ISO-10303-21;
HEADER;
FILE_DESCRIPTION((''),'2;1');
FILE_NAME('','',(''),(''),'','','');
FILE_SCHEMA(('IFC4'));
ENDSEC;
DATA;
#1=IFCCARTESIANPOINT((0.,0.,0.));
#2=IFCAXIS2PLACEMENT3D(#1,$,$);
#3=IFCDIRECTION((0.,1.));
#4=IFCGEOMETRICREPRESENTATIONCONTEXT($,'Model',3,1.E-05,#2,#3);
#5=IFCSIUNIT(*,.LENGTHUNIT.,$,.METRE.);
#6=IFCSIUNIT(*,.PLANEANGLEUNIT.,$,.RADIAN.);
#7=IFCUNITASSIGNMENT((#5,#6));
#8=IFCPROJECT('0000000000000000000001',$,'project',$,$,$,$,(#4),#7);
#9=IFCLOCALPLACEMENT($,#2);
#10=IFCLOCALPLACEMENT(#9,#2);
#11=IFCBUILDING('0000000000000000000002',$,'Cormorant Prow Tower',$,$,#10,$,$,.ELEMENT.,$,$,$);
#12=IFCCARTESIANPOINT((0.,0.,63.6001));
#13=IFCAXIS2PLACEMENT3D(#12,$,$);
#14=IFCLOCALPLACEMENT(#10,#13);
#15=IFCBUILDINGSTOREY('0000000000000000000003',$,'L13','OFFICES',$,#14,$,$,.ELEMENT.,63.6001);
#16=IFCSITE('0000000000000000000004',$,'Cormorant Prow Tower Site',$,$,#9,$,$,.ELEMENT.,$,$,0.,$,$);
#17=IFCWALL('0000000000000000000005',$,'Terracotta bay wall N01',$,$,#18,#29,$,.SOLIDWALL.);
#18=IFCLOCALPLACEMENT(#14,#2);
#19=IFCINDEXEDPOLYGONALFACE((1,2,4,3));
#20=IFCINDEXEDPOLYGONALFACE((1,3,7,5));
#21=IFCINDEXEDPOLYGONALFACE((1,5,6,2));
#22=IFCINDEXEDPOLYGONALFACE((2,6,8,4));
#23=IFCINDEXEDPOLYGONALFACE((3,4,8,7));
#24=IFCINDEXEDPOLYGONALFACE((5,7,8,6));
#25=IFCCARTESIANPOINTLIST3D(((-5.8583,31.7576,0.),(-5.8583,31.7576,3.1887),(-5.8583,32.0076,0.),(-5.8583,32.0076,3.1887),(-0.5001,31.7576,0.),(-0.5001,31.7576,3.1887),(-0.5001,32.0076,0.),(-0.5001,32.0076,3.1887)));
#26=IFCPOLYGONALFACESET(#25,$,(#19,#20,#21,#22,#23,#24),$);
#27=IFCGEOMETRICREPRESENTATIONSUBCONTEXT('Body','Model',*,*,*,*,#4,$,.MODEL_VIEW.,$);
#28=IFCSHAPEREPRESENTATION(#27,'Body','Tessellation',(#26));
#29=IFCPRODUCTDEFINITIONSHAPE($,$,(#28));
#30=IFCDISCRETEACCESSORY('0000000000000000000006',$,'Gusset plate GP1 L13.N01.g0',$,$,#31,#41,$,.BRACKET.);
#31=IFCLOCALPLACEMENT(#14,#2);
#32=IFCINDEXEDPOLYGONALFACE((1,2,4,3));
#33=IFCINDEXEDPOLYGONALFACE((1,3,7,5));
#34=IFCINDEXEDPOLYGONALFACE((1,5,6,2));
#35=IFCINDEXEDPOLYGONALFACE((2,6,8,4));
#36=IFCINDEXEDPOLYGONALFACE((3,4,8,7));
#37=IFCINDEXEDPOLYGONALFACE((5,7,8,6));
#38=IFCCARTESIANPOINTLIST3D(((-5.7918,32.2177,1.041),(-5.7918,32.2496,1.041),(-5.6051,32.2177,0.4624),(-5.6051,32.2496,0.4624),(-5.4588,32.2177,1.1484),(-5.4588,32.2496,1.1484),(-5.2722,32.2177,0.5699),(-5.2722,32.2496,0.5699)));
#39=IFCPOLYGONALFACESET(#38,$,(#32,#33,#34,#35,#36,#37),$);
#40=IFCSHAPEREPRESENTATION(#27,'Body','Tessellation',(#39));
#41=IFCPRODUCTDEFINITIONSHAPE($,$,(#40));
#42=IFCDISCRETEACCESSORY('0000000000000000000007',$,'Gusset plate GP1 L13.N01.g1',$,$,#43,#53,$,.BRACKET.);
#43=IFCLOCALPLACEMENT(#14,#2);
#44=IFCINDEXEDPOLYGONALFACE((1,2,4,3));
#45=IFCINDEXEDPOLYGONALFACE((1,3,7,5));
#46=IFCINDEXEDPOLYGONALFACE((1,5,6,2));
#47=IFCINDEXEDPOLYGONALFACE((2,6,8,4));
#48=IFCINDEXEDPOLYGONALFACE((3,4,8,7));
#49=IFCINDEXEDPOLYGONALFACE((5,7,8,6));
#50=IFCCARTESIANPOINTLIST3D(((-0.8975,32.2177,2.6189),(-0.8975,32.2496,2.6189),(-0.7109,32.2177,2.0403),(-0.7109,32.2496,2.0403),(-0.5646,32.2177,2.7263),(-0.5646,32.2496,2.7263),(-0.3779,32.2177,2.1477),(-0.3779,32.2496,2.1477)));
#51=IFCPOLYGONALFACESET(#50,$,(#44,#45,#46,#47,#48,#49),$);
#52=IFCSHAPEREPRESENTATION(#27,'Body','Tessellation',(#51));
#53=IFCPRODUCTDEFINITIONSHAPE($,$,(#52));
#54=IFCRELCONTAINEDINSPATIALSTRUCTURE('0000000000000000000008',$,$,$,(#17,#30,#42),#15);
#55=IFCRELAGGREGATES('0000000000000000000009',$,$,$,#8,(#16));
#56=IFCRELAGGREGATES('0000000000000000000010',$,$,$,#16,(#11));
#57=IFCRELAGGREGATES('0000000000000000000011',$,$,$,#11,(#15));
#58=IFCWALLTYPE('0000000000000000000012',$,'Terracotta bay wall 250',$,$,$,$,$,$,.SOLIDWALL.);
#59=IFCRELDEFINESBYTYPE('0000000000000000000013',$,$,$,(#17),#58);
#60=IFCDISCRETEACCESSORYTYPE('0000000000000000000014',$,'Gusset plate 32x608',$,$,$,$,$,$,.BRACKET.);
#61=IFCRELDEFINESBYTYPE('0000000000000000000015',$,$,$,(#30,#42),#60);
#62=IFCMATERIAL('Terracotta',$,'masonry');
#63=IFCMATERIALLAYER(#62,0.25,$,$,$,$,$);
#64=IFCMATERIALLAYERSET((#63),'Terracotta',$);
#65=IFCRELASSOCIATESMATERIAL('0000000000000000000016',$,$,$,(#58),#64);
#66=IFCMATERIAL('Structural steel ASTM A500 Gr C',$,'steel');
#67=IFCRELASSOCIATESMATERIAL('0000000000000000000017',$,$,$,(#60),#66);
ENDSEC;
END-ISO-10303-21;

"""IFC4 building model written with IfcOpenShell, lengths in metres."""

from ifc_helpers import new_model, si_unit, direction, frame, frame_2d, origin, origin_2d, place, context, subcontext, project, spatial, rectangle, extrude, material, layer, layer_set, material_profile, profile_set, type_object, element, save


model = new_model("IFC4")

# Units and contexts
model_context = context("Model", 3, precision=1e-05, world=origin(), true_north=direction((0.0, 1.0)))
body_context = subcontext(model_context, "Body", "Model", "MODEL_VIEW")
ifc_project = project(units=[si_unit("LENGTHUNIT", "METRE"), si_unit("PLANEANGLEUNIT", "RADIAN")], contexts=[model_context])

# Site, building, storey
site_placement = place(None, origin())
site = spatial("IfcSite", under=ifc_project, at=site_placement, Name="Cormorant Prow Tower Site", CompositionType="ELEMENT", RefElevation=0.0)
building_placement = place(site_placement, origin())
building = spatial("IfcBuilding", under=site, at=building_placement, Name="Cormorant Prow Tower", CompositionType="ELEMENT")
storey_placement = place(building_placement, frame((0.0, 0.0, 63.6001)))
storey = spatial("IfcBuildingStorey", under=building, at=storey_placement, Name="L13", Description="OFFICES", CompositionType="ELEMENT", Elevation=63.6001)

# Wall
ifc_material_1 = material(Name="Terracotta", Category="masonry")
ifc_layer_1 = layer(ifc_material_1, 0.25)
ifc_layer_set_1 = layer_set([ifc_layer_1], Name="Terracotta")
wall_type_1 = type_object("IfcWallType", Name="Terracotta bay wall 250", PredefinedType="SOLIDWALL", material=ifc_layer_set_1)
wall_1_placement = place(storey_placement, frame((-0.5, 31.8826, 0.0), z_axis=(0.0, 0.0, 1.0), x_axis=(-1.0, 0.0, 0.0)))
element("IfcWall", 1, at=wall_1_placement, inside=storey, type_object=wall_type_1, Name="Terracotta bay wall N01", PredefinedType="SOLIDWALL", context=body_context, shape_type="SweptSolid", body=[
    extrude(rectangle(XDim=5.3582, YDim=0.25, at=frame_2d((2.6792, 0.0))), origin(), (0.0, 0.0, 1.0), 3.1887),
])

# Discrete accessories
ifc_material_2 = material(Name="Structural steel ASTM A500 Gr C", Category="steel")
ifc_material_profile_1 = material_profile(ifc_material_2, rectangle(XDim=0.032, YDim=0.6079, at=origin_2d()), Name="Gusset plate 32x608")
ifc_profile_set_1 = profile_set([ifc_material_profile_1], Name="Structural steel ASTM A500 Gr C")
discrete_accessory_type = type_object("IfcDiscreteAccessoryType", Name="Gusset plate 32x608", PredefinedType="BRACKET", material=ifc_profile_set_1)
for number, where, z_axis, x_axis, name in (
    (2, (-5.3655, 32.2336, 0.8591), (-0.951709, 0.0, -0.307003), (0.0, -1.0, 0.0), "Gusset plate GP1 L13.N01.g0"),
    (3, (-0.8042, 32.2336, 2.3296), (0.951709, 0.0, 0.307003), (0.0, 1.0, 0.0), "Gusset plate GP1 L13.N01.g1"),
):
    element("IfcDiscreteAccessory", number, at=place(storey_placement, frame(where, z_axis=z_axis, x_axis=x_axis)), inside=storey, type_object=discrete_accessory_type, Name=name, PredefinedType="BRACKET", context=body_context, shape_type="SweptSolid", body=[
        extrude(rectangle(XDim=0.032, YDim=0.6079, at=origin_2d()), origin(), (0.0, 0.0, 1.0), 0.3499),
    ])

save(model, "model.ifc")
